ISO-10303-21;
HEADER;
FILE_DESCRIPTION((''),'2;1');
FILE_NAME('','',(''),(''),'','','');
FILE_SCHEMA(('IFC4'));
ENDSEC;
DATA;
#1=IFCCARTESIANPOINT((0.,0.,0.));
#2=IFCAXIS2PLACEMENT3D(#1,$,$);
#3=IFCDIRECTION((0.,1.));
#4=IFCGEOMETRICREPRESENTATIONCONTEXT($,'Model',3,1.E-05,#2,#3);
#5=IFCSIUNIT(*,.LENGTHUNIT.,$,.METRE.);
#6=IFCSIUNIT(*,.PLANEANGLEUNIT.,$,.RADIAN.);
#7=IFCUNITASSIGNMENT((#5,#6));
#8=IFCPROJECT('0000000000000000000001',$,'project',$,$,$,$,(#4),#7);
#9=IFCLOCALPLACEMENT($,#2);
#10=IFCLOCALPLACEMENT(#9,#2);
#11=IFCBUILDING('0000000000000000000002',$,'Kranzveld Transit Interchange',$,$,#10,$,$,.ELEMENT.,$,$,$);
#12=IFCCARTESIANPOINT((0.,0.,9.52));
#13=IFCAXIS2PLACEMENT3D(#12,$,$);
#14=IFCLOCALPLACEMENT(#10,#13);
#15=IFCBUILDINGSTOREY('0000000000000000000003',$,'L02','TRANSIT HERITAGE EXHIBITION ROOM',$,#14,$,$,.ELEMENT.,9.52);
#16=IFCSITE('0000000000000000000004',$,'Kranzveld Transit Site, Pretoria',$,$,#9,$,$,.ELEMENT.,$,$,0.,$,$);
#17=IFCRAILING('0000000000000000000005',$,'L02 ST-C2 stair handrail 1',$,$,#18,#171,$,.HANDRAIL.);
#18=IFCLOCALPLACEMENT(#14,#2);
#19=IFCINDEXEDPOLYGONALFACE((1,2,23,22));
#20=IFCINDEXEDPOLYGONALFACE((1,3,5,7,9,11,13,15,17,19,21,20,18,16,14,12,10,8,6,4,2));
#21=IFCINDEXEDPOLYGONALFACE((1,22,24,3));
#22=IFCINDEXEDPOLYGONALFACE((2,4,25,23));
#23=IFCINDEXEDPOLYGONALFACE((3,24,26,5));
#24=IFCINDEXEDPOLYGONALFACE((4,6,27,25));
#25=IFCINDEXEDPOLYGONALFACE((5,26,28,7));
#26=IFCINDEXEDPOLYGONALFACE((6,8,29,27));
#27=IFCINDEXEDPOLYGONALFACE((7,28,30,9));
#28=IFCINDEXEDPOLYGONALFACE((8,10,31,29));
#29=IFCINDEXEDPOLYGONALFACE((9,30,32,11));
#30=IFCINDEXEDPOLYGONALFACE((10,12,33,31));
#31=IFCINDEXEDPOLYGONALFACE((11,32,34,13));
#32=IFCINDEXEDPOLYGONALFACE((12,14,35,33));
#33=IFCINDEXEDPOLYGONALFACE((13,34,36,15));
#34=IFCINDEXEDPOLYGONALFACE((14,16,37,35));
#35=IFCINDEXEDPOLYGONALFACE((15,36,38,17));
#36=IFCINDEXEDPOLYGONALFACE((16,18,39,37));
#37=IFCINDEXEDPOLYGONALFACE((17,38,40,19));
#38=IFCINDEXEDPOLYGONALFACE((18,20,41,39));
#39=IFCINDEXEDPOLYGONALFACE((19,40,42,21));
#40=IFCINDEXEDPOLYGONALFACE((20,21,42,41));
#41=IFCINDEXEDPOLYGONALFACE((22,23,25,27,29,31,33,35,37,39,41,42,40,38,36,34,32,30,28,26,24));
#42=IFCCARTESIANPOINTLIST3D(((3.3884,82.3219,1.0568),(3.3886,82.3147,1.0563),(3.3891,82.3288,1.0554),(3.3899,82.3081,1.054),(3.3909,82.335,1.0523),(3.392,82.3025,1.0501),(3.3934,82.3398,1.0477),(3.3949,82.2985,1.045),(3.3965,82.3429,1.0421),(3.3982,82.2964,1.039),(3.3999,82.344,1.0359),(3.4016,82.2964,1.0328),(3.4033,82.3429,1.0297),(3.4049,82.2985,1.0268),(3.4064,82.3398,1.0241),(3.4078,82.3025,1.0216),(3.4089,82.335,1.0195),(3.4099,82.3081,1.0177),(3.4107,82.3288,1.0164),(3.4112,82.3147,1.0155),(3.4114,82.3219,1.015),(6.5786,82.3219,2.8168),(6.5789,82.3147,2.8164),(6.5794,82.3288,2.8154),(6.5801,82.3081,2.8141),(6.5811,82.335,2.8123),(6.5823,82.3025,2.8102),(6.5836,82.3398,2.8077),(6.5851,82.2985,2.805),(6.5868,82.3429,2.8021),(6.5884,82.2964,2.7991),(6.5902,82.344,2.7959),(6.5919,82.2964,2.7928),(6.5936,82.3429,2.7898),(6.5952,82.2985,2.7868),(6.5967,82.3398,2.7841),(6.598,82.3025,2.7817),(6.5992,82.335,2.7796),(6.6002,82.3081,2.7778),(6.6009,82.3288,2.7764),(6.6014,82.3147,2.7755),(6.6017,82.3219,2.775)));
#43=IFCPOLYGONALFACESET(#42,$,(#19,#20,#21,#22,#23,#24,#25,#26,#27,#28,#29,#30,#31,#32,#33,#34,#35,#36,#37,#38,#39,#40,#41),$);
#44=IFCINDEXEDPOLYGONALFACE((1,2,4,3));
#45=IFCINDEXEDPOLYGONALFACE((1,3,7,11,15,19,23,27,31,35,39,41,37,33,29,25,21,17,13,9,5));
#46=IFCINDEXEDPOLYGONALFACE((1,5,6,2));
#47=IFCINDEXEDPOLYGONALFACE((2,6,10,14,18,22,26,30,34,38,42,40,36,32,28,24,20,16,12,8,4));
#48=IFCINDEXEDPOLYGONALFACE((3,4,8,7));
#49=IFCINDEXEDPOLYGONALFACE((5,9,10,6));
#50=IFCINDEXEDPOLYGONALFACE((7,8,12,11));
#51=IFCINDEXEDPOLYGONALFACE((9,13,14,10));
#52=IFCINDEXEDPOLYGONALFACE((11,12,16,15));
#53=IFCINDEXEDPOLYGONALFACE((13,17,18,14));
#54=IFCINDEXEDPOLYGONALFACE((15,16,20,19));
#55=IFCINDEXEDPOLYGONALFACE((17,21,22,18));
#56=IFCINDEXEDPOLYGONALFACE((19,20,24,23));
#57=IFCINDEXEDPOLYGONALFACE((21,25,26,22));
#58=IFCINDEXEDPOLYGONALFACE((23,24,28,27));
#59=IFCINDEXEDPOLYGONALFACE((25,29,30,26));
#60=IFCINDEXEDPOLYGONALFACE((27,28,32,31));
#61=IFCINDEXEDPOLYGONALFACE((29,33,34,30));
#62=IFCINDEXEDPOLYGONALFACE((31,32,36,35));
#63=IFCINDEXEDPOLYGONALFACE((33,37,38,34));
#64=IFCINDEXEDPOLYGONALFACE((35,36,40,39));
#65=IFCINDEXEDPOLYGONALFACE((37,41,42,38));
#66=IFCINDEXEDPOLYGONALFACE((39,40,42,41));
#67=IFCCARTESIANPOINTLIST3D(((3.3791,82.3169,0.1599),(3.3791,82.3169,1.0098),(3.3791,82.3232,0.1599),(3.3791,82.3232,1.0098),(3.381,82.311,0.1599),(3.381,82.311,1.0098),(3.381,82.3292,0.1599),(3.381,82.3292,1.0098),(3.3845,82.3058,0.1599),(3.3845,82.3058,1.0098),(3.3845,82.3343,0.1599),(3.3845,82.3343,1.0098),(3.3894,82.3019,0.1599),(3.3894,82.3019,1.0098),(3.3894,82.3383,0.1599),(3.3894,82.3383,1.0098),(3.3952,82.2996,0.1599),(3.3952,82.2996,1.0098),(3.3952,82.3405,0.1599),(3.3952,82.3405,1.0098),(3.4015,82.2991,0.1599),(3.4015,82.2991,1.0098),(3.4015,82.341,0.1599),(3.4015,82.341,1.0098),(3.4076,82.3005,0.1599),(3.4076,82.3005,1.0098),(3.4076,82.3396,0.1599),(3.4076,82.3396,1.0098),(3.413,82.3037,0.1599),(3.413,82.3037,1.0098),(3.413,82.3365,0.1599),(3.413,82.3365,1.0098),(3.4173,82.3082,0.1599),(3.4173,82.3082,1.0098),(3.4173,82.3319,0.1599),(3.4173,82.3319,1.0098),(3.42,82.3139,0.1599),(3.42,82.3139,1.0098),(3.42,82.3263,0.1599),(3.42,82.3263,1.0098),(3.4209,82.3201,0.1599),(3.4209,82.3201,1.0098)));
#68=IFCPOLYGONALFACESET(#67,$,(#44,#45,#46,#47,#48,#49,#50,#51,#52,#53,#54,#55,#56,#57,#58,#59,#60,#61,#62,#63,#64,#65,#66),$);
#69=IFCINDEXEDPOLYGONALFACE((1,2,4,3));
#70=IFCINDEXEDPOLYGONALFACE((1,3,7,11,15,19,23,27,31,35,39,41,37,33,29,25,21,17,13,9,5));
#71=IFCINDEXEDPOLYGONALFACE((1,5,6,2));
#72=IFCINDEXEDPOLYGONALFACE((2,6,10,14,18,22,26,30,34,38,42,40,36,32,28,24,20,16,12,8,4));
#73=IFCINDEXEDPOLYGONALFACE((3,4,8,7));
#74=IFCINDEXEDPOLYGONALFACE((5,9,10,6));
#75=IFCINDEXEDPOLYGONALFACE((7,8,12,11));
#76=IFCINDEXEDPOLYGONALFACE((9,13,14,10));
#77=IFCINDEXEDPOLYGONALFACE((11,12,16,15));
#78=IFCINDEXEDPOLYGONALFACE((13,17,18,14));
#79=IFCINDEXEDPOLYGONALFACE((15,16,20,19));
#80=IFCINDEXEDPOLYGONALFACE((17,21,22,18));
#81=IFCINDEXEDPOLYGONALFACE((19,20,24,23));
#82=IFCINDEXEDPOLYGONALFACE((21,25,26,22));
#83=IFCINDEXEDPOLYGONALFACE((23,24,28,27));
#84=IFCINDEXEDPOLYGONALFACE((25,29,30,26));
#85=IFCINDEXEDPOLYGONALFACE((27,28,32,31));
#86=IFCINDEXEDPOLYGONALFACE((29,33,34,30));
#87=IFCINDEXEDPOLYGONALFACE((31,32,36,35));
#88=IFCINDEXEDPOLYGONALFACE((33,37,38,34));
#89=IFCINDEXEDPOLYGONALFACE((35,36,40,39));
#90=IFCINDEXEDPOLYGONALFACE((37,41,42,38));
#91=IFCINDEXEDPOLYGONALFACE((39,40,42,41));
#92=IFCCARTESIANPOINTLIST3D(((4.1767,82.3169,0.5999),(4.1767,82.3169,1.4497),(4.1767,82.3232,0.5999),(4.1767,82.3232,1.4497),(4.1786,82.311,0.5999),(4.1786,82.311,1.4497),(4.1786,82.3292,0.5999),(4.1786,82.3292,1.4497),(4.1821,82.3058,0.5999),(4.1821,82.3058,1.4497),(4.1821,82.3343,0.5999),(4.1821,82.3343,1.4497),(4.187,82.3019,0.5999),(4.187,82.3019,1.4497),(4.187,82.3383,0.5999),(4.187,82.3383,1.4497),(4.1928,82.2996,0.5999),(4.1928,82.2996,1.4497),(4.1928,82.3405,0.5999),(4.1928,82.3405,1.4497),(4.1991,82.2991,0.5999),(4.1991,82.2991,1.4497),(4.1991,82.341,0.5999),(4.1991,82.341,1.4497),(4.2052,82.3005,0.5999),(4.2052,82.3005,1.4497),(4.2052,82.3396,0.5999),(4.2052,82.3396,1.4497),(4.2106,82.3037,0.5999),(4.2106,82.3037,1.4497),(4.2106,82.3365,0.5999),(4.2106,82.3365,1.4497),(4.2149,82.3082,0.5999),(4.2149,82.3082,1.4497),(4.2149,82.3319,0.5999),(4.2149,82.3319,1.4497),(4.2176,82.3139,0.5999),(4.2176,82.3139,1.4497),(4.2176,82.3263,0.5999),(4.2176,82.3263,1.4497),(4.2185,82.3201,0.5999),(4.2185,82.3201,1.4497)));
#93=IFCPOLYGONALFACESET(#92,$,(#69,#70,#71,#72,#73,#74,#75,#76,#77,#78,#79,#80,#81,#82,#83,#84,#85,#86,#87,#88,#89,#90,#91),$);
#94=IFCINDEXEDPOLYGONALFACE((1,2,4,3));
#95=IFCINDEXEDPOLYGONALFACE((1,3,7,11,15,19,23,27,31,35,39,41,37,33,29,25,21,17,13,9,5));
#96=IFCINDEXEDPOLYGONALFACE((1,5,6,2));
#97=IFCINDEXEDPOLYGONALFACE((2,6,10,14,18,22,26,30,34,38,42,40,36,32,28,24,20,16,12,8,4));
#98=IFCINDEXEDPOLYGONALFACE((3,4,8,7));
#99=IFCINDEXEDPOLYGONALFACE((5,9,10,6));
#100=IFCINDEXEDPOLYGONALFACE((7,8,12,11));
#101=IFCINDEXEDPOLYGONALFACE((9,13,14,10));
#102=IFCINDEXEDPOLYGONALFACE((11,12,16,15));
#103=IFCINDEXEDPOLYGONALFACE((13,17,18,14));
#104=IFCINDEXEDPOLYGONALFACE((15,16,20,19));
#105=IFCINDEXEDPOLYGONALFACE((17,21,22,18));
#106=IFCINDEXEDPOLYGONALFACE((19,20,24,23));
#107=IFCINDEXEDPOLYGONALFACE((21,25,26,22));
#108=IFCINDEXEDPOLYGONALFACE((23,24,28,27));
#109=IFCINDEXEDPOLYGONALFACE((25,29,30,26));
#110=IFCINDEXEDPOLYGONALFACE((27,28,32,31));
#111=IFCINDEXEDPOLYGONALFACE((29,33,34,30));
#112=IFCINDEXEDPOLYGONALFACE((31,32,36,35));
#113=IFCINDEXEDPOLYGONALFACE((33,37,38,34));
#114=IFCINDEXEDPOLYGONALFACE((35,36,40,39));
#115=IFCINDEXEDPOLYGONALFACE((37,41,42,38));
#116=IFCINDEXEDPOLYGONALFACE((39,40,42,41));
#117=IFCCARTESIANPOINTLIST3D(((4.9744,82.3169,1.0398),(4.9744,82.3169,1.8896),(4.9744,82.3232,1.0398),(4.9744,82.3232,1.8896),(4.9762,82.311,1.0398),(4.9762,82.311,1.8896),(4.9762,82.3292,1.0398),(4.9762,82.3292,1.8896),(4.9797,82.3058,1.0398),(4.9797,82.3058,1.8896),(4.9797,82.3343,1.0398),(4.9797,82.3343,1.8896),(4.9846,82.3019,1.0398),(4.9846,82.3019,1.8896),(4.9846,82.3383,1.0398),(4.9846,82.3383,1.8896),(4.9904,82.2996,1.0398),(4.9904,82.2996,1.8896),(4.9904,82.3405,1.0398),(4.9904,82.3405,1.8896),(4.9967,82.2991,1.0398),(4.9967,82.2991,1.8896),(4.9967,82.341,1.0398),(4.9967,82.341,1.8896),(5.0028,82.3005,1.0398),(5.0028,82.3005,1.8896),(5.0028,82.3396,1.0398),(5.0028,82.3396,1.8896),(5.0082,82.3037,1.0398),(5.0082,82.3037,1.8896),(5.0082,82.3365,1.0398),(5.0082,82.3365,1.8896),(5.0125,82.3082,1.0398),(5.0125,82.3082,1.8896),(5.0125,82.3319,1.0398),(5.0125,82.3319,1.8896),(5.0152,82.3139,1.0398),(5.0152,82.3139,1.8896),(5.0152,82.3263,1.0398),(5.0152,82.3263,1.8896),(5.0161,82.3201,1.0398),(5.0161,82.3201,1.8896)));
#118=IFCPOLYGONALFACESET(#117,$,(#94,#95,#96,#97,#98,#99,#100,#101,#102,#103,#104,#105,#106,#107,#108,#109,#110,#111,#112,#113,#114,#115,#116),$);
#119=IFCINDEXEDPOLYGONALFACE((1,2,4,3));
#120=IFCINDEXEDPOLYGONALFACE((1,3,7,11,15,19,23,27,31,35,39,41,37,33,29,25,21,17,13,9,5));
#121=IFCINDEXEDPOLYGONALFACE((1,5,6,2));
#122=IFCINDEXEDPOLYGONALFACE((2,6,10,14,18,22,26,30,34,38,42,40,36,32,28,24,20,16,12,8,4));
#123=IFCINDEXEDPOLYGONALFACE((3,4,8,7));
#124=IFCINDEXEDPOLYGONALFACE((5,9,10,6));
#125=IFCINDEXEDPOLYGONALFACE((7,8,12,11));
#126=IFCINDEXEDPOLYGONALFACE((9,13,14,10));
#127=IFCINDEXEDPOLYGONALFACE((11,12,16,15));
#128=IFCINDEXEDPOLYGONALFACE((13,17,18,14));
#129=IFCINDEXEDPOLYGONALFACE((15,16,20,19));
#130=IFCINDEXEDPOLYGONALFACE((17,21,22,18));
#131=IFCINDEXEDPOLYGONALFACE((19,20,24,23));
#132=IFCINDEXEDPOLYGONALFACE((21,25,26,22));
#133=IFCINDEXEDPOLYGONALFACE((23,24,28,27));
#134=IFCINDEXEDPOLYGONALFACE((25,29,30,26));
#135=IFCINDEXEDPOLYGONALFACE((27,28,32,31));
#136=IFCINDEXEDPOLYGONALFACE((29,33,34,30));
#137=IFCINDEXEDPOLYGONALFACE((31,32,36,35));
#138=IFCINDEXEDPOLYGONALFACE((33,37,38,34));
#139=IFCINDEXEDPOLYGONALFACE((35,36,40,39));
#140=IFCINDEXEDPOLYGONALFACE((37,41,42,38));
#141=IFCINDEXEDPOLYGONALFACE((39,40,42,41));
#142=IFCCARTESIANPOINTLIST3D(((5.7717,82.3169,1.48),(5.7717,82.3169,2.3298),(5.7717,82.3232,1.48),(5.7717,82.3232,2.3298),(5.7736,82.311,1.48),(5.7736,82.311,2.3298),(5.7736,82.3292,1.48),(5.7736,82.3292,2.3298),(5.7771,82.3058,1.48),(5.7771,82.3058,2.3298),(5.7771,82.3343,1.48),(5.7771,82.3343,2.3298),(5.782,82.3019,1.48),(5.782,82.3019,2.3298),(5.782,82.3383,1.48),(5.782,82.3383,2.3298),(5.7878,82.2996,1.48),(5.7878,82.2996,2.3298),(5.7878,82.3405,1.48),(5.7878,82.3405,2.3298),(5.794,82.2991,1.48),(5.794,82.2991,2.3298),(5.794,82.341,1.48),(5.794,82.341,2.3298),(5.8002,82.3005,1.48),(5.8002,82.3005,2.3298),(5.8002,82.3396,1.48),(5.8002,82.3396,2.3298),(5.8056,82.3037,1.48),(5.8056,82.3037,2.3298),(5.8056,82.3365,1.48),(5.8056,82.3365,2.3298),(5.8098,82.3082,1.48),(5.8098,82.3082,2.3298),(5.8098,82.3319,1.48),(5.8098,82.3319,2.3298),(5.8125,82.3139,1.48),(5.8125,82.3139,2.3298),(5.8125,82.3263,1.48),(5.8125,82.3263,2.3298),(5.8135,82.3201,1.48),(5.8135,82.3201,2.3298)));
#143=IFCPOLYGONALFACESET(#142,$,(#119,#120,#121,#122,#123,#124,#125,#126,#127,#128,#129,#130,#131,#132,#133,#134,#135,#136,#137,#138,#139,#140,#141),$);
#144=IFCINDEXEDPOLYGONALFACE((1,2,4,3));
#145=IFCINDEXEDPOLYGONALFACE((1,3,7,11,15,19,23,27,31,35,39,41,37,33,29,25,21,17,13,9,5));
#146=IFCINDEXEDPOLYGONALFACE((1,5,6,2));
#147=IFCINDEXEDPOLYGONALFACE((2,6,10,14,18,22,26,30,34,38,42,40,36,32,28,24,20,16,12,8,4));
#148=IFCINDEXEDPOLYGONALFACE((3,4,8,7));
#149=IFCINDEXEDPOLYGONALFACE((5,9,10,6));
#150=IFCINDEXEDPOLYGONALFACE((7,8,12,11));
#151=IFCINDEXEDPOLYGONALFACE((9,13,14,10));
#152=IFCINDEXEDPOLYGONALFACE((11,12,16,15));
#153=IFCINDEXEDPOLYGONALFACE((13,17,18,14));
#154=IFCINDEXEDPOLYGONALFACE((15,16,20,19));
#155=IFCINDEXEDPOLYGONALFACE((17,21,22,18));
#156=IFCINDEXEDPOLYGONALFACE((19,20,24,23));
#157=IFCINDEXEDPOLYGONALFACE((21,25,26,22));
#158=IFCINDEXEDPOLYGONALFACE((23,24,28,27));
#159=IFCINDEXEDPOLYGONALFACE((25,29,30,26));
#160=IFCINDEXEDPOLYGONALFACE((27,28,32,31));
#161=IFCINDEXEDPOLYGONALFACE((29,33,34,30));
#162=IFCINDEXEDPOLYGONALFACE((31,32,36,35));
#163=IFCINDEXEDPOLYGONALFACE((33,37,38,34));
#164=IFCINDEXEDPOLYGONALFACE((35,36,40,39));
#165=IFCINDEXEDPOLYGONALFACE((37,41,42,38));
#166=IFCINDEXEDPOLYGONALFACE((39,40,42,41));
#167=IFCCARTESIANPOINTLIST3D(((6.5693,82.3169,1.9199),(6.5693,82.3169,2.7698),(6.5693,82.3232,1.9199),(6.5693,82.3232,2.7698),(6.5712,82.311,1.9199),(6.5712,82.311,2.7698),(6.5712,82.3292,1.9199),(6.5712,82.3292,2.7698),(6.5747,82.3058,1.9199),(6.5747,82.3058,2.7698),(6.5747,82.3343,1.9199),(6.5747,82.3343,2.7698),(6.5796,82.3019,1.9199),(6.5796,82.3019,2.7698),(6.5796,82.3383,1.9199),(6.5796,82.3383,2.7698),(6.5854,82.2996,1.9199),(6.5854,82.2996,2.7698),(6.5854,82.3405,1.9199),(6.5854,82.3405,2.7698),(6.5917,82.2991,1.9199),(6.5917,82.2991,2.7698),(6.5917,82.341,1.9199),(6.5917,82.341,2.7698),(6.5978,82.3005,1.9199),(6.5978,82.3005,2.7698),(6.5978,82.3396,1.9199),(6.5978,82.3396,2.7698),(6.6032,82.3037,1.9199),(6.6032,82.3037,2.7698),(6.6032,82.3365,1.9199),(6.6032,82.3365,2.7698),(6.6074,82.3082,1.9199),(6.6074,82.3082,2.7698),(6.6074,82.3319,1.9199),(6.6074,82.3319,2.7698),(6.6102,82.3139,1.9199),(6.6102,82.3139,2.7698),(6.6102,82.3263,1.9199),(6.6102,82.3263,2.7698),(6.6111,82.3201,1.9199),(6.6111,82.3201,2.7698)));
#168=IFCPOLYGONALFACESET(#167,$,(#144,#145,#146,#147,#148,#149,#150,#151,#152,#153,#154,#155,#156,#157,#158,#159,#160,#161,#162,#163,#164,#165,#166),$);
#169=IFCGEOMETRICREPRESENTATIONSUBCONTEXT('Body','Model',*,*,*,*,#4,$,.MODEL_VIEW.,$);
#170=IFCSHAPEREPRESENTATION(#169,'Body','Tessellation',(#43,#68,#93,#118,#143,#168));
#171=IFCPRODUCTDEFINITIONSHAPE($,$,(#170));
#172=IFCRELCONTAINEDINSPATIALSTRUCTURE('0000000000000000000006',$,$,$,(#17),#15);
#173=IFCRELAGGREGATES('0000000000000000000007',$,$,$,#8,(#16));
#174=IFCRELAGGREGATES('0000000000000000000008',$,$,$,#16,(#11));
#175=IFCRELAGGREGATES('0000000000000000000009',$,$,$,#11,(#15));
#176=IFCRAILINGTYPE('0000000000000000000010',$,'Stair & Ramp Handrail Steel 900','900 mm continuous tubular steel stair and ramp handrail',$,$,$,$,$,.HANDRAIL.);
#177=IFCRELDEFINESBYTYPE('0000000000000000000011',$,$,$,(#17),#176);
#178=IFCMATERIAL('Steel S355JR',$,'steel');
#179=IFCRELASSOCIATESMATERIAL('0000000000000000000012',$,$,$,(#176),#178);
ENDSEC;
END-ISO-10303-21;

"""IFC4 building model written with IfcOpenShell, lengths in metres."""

from ifc_helpers import new_model, si_unit, direction, frame, origin, origin_2d, place, context, subcontext, project, spatial, circle, extrude, material, type_object, element, save


model = new_model("IFC4")

# Units and contexts
model_context = context("Model", 3, precision=1e-05, world=origin(), true_north=direction((0.0, 1.0)))
body_context = subcontext(model_context, "Body", "Model", "MODEL_VIEW")
ifc_project = project(units=[si_unit("LENGTHUNIT", "METRE"), si_unit("PLANEANGLEUNIT", "RADIAN")], contexts=[model_context])

# Site, building, storey
site_placement = place(None, origin())
site = spatial("IfcSite", under=ifc_project, at=site_placement, Name="Kranzveld Transit Site, Pretoria", CompositionType="ELEMENT", RefElevation=0.0)
building_placement = place(site_placement, origin())
building = spatial("IfcBuilding", under=site, at=building_placement, Name="Kranzveld Transit Interchange", CompositionType="ELEMENT")
storey_placement = place(building_placement, frame((0.0, 0.0, 9.52)))
storey = spatial("IfcBuildingStorey", under=building, at=storey_placement, Name="L02", Description="TRANSIT HERITAGE EXHIBITION ROOM", CompositionType="ELEMENT", Elevation=9.52)

# Railing
ifc_material_1 = material(Name="Steel S355JR", Category="steel")
railing_type_1 = type_object("IfcRailingType", Name="Stair & Ramp Handrail Steel 900", Description="900 mm continuous tubular steel stair and ramp handrail", PredefinedType="HANDRAIL", material=ifc_material_1)
railing_1_placement = place(storey_placement, frame((3.3999, 82.3201, 0.1599)))
element("IfcRailing", 1, at=railing_1_placement, inside=storey, type_object=railing_type_1, Name="L02 ST-C2 stair handrail 1", PredefinedType="HANDRAIL", context=body_context, shape_type="SweptSolid", body=[
    extrude(circle(Radius=0.0239, at=origin_2d()), frame((0.0, 0.0, 0.876), z_axis=(0.875588, 0.0, 0.483058), x_axis=(0.0, 1.0, 0.0)), (0.0, 0.0, 1.0), 3.6436),
    extrude(circle(Radius=0.021, at=origin_2d()), origin(), (0.0, 0.0, 1.0), 0.8499),
    extrude(circle(Radius=0.021, at=origin_2d()), frame((0.7976, 0.0, 0.4399)), (0.0, 0.0, 1.0), 0.8499),
    extrude(circle(Radius=0.021, at=origin_2d()), frame((1.5952, 0.0, 0.8799)), (0.0, 0.0, 1.0), 0.8499),
    extrude(circle(Radius=0.021, at=origin_2d()), frame((2.3926, 0.0, 1.3201)), (0.0, 0.0, 1.0), 0.8499),
    extrude(circle(Radius=0.021, at=origin_2d()), frame((3.1902, 0.0, 1.76)), (0.0, 0.0, 1.0), 0.8499),
])

save(model, "model.ifc")
